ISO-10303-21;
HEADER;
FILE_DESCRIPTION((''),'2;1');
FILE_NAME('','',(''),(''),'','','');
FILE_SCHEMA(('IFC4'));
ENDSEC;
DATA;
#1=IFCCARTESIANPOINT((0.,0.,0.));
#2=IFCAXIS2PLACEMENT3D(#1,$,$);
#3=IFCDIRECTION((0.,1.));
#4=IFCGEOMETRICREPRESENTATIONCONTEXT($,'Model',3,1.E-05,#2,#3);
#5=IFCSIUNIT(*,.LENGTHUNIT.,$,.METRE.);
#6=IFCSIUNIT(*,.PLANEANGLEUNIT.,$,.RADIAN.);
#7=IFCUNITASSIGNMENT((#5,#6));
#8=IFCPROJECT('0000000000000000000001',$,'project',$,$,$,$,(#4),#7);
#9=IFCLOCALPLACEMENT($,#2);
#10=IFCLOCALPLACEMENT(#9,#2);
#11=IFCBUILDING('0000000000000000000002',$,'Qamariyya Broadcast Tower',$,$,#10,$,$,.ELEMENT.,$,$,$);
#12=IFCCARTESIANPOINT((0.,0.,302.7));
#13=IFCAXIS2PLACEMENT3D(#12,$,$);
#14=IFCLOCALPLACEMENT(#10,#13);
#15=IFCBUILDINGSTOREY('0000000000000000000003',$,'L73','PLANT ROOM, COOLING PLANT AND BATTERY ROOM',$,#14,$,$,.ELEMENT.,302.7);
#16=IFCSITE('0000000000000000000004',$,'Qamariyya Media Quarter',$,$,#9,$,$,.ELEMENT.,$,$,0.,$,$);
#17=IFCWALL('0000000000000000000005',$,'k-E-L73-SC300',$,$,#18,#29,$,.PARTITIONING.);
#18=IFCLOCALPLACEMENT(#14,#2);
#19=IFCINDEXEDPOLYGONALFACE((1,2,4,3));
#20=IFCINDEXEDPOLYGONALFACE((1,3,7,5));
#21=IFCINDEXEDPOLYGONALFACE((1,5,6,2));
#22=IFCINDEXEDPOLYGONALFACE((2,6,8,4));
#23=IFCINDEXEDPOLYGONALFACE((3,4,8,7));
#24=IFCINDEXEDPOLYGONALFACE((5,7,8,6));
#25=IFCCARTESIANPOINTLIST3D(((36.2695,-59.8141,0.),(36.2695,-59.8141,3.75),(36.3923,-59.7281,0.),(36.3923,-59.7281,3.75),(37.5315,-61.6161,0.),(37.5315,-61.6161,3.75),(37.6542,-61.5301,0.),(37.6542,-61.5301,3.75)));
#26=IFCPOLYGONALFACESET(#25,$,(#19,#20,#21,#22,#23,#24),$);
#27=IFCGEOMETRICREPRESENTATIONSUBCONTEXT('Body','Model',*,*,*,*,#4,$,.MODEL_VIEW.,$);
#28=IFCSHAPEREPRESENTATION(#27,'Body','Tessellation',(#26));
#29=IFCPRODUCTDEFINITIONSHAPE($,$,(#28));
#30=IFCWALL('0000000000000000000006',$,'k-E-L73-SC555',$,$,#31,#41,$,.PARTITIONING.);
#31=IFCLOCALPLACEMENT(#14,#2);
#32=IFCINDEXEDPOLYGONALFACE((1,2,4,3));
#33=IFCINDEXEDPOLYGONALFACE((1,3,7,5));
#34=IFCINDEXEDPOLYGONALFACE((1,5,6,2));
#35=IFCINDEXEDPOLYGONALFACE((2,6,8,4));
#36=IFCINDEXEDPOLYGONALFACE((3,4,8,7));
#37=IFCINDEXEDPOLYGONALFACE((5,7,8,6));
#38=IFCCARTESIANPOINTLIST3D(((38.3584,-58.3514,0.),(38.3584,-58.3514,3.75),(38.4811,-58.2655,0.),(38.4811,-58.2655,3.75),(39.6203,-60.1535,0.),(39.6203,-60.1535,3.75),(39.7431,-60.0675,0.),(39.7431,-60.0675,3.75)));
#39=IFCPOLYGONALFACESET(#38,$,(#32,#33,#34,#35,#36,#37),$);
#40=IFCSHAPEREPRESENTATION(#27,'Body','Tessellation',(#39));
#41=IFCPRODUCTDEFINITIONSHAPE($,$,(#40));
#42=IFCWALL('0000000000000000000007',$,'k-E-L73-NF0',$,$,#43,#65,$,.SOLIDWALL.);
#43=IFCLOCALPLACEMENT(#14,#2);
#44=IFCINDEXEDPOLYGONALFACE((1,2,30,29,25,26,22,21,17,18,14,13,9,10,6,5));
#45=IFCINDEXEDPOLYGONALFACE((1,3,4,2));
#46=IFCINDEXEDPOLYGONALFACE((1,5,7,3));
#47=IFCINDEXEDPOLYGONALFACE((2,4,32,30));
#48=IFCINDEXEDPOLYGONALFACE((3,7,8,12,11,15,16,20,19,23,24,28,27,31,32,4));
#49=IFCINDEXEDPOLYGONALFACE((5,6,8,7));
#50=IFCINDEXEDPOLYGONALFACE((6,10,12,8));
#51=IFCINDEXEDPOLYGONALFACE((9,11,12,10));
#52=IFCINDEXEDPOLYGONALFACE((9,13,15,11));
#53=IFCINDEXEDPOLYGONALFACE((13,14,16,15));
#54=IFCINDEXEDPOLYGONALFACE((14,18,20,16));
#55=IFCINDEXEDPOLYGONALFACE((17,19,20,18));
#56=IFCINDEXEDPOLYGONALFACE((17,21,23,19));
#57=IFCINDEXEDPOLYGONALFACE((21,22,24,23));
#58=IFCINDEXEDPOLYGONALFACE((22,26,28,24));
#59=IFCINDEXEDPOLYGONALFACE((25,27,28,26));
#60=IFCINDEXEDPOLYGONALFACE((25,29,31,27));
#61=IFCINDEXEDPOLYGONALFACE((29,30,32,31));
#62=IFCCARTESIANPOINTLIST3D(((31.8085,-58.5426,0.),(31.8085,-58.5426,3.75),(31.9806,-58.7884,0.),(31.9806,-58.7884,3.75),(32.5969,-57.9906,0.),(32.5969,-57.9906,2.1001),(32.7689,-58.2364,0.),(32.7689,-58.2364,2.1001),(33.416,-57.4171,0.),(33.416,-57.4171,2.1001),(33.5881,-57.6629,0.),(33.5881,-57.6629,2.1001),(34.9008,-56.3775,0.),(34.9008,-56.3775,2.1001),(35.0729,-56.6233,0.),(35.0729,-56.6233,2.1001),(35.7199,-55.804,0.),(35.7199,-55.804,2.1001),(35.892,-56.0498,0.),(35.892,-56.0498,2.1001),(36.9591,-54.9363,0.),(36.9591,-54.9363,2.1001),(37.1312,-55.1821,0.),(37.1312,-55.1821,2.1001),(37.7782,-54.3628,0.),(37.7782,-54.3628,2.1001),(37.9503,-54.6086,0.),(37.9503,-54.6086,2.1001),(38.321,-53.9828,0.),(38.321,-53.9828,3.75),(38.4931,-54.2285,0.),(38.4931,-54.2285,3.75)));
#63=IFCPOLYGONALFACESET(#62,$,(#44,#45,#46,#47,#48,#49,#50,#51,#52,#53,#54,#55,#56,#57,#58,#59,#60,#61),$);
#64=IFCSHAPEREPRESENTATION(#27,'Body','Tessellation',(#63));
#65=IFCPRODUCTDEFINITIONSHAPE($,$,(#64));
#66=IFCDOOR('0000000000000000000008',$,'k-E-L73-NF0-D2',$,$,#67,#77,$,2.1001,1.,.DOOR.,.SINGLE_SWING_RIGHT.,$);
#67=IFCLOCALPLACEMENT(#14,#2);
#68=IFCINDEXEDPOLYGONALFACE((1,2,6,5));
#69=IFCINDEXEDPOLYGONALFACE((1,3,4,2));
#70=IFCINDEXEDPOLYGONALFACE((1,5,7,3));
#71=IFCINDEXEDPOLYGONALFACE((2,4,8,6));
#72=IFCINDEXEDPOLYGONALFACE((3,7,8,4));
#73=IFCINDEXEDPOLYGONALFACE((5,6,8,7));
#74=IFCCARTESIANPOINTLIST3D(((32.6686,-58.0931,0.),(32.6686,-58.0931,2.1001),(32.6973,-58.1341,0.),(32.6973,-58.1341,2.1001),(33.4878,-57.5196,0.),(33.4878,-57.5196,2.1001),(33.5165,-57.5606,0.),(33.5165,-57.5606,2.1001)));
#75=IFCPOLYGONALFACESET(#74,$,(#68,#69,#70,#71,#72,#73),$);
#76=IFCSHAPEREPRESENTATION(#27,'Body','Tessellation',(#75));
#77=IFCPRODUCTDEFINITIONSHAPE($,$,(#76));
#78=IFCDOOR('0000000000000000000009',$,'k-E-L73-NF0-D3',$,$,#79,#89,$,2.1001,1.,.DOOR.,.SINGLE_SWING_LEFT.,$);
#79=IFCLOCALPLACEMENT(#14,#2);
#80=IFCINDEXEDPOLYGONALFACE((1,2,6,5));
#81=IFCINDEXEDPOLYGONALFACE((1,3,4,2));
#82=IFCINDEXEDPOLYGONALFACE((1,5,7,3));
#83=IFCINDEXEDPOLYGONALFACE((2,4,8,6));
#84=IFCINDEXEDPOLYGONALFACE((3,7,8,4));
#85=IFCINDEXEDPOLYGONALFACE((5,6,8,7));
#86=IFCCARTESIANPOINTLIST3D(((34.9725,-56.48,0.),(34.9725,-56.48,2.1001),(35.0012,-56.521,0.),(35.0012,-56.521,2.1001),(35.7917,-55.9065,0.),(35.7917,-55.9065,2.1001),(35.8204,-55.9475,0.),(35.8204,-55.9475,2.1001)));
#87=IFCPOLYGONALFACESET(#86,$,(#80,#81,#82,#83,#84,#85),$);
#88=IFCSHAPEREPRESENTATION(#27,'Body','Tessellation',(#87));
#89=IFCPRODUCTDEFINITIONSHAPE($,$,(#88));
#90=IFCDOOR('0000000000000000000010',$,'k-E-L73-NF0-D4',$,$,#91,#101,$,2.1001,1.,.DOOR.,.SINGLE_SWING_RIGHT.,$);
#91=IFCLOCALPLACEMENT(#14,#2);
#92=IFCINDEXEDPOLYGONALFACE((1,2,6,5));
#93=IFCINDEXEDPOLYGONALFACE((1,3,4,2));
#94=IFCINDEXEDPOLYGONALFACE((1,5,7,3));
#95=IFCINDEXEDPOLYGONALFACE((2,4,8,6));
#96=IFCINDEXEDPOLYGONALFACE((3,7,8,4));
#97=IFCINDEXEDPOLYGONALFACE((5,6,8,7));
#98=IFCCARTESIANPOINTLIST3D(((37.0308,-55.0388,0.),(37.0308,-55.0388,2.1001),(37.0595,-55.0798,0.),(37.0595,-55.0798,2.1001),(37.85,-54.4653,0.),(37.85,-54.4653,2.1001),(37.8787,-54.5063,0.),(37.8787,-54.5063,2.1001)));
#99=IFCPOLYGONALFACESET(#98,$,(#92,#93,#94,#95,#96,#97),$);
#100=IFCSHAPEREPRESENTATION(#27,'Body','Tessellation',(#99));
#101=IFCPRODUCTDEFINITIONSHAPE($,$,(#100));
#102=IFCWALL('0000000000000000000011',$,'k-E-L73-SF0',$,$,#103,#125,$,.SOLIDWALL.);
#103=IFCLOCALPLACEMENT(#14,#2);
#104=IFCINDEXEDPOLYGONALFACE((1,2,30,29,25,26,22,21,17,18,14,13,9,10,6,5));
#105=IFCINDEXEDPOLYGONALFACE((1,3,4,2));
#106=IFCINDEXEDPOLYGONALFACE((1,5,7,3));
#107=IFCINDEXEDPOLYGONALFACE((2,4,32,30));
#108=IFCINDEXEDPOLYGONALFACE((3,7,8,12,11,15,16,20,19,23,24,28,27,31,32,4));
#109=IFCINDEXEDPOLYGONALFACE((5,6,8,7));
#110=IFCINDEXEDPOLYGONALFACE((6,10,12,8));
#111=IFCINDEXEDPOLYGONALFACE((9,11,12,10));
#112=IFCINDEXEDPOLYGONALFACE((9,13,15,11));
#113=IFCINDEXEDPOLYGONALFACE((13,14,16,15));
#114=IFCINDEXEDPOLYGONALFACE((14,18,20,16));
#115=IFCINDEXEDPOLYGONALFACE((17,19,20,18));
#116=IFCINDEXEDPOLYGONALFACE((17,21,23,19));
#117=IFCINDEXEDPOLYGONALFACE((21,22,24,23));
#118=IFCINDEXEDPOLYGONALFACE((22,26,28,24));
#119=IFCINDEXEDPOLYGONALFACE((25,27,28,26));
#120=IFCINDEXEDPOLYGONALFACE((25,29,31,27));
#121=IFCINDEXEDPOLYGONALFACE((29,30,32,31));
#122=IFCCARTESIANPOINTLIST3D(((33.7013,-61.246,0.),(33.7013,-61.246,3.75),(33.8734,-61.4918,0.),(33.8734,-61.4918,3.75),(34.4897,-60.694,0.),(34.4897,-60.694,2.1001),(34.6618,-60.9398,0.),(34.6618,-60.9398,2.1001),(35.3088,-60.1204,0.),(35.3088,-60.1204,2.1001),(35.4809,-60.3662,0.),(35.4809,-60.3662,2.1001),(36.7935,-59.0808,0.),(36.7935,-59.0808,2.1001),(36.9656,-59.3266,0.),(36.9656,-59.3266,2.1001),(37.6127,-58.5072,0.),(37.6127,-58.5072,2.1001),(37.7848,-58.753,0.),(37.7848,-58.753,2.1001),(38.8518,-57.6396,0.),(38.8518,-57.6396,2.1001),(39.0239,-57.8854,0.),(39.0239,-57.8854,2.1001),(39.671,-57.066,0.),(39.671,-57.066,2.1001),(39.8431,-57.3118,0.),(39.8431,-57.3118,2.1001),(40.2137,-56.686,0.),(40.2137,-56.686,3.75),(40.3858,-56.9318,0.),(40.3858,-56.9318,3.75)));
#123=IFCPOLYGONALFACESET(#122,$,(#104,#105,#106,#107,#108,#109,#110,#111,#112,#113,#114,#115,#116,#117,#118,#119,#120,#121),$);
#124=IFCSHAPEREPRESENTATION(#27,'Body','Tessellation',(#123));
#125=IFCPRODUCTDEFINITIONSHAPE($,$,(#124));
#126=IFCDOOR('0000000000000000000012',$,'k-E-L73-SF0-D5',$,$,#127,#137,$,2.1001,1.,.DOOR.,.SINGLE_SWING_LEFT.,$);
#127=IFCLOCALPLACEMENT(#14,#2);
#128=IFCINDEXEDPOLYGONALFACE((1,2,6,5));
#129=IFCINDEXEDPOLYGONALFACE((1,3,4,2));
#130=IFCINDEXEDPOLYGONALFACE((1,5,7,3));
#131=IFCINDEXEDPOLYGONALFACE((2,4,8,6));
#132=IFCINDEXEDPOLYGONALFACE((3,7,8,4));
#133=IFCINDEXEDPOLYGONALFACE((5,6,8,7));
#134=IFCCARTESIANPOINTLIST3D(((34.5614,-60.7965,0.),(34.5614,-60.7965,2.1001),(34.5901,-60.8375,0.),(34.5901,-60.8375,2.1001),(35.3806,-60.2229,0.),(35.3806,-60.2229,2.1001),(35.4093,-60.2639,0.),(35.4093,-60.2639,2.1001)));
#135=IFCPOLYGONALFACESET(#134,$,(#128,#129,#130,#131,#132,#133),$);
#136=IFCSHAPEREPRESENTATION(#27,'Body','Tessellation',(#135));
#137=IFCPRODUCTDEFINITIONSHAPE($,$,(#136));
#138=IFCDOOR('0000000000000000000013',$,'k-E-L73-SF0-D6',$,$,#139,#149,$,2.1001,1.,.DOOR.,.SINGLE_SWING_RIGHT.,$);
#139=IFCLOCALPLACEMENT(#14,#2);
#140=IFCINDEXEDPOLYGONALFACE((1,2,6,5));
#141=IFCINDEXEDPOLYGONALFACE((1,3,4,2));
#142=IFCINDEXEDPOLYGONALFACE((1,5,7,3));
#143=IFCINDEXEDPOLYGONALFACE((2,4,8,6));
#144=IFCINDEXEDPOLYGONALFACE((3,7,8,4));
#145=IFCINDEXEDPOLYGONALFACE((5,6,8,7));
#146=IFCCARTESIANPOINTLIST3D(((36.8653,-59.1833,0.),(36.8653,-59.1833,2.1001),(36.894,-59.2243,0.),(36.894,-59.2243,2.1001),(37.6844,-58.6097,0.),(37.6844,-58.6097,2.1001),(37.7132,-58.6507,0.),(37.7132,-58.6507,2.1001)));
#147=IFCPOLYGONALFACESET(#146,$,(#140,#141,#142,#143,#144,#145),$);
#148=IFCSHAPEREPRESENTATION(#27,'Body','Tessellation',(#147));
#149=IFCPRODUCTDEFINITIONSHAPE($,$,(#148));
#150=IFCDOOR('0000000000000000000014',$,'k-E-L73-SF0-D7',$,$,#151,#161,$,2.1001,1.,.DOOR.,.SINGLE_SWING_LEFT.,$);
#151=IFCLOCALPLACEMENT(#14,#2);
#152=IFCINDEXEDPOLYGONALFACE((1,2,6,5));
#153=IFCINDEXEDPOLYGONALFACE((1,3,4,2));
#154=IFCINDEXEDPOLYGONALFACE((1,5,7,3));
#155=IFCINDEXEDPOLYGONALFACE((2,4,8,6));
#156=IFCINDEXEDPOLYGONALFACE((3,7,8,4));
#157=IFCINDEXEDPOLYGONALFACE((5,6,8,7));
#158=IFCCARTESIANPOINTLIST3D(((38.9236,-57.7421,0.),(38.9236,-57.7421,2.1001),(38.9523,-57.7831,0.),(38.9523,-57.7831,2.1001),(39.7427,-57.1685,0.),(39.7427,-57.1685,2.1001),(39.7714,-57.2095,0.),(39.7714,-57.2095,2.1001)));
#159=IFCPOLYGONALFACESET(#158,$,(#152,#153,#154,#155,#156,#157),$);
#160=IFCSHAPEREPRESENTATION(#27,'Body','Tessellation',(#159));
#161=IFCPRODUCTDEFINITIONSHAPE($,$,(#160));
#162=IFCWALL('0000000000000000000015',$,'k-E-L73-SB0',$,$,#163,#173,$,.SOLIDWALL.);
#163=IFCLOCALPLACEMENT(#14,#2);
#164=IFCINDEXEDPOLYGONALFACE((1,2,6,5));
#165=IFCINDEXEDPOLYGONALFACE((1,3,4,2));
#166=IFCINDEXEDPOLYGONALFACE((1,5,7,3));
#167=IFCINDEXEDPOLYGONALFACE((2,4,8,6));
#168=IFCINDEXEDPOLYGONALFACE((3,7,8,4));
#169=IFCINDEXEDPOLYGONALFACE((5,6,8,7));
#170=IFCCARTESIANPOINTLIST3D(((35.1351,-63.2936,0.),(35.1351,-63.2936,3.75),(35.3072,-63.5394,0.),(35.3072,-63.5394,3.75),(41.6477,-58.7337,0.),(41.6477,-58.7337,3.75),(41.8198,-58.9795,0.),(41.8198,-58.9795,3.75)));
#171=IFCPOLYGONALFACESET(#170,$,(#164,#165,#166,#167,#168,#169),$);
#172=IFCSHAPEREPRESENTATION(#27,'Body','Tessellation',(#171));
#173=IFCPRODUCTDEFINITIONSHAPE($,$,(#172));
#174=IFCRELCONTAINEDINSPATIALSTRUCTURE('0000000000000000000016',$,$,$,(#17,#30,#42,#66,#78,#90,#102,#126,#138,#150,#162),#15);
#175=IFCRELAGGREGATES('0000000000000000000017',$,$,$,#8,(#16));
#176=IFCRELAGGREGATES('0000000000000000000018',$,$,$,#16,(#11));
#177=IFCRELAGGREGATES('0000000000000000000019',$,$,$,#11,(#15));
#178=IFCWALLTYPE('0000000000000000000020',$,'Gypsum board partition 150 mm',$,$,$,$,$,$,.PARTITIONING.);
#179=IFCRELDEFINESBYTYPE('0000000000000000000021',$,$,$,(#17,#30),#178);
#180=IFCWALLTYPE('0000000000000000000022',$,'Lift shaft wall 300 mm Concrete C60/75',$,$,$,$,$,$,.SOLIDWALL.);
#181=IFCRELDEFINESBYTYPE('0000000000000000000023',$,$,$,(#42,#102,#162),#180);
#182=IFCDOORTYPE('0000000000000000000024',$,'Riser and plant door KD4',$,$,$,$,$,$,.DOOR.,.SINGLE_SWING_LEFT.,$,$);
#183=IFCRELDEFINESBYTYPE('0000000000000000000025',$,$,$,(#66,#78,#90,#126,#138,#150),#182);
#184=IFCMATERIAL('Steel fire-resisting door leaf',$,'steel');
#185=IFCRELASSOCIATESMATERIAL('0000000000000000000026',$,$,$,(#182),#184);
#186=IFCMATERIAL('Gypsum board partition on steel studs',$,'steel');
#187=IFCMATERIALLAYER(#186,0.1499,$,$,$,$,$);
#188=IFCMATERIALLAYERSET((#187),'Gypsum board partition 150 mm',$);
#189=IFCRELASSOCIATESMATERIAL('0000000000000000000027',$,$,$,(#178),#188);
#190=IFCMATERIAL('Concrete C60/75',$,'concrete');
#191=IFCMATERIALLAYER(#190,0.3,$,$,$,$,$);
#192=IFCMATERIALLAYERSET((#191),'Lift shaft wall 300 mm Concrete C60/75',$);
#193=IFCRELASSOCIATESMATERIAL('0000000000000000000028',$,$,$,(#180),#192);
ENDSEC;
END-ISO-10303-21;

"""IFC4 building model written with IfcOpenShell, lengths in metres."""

from ifc_helpers import new_model, si_unit, direction, frame, frame_2d, origin, place, context, subcontext, project, spatial, rectangle, extrude, material, layer, layer_set, type_object, element, fill, save


model = new_model("IFC4")

# Units and contexts
model_context = context("Model", 3, precision=1e-05, world=origin(), true_north=direction((0.0, 1.0)))
body_context = subcontext(model_context, "Body", "Model", "MODEL_VIEW")
ifc_project = project(units=[si_unit("LENGTHUNIT", "METRE"), si_unit("PLANEANGLEUNIT", "RADIAN")], contexts=[model_context])

# Site, building, storey
site_placement = place(None, origin())
site = spatial("IfcSite", under=ifc_project, at=site_placement, Name="Qamariyya Media Quarter", CompositionType="ELEMENT", RefElevation=0.0)
building_placement = place(site_placement, origin())
building = spatial("IfcBuilding", under=site, at=building_placement, Name="Qamariyya Broadcast Tower", CompositionType="ELEMENT")
storey_placement = place(building_placement, frame((0.0, 0.0, 302.7)))
storey = spatial("IfcBuildingStorey", under=building, at=storey_placement, Name="L73", Description="PLANT ROOM, COOLING PLANT AND BATTERY ROOM", CompositionType="ELEMENT", Elevation=302.7)

# Shared definitions
ifc_material_1 = material(Name="Concrete C60/75", Category="concrete")
ifc_material_2 = material(Name="Steel fire-resisting door leaf", Category="steel")

# Shared definitions
door_type_1 = type_object("IfcDoorType", Name="Riser and plant door KD4", OperationType="SINGLE_SWING_LEFT", PredefinedType="DOOR", material=ifc_material_2)

# Walls
ifc_material_3 = material(Name="Gypsum board partition on steel studs", Category="steel")
ifc_layer_1 = layer(ifc_material_3, 0.1499)
ifc_layer_set_1 = layer_set([ifc_layer_1], Name="Gypsum board partition 150 mm")
wall_type_1 = type_object("IfcWallType", Name="Gypsum board partition 150 mm", PredefinedType="PARTITIONING", material=ifc_layer_set_1)
for number, where, z_axis, x_axis, name in (
    (1, (36.3308, -59.771, 0.0), (0.0, 0.0, 1.0), (0.573634, -0.819112, 0.0), "k-E-L73-SC300"),
    (2, (38.4197, -58.3083, 0.0), (0.0, 0.0, 1.0), (0.573634, -0.819112, 0.0), "k-E-L73-SC555"),
):
    element("IfcWall", number, at=place(storey_placement, frame(where, z_axis=z_axis, x_axis=x_axis)), inside=storey, type_object=wall_type_1, Name=name, PredefinedType="PARTITIONING", context=body_context, shape_type="SweptSolid", body=[
        extrude(rectangle(XDim=2.2, YDim=0.1499, at=frame_2d((1.1001, 0.0))), origin(), (0.0, 0.0, 1.0), 3.75),
    ])

# Walls, openings, doors
ifc_layer_2 = layer(ifc_material_1, 0.3)
ifc_layer_set_2 = layer_set([ifc_layer_2], Name="Lift shaft wall 300 mm Concrete C60/75")
wall_type_2 = type_object("IfcWallType", Name="Lift shaft wall 300 mm Concrete C60/75", PredefinedType="SOLIDWALL", material=ifc_layer_set_2)
wall_1_placement = place(storey_placement, frame((31.8945, -58.6655, 0.0), z_axis=(0.0, 0.0, 1.0), x_axis=(0.819167, 0.573555, 0.0)))
wall_1 = element("IfcWall", 3, at=wall_1_placement, inside=storey, type_object=wall_type_2, Name="k-E-L73-NF0", PredefinedType="SOLIDWALL", context=body_context, shape_type="SweptSolid", body=[
    extrude(rectangle(XDim=7.9502, YDim=0.3, at=frame_2d((3.9751, 0.0))), origin(), (0.0, 0.0, 1.0), 3.75),
])
opening_1_placement = place(wall_1_placement, frame((0.9624, 0.0, 0.0)))
opening_1 = element("IfcOpeningElement", 4, at=opening_1_placement, cuts=wall_1, PredefinedType="OPENING", context=body_context, shape_type="SweptSolid", body=[
    extrude(rectangle(XDim=1.0, YDim=2.1001, at=frame_2d((0.5, 1.05))), frame((0.0, 0.1599, 0.0), z_axis=(0.0, -1.0, 0.0), x_axis=(1.0, 0.0, 0.0)), (0.0, 0.0, 1.0), 0.3201),
])
opening_2_placement = place(wall_1_placement, frame((3.7749, 0.0, 0.0)))
opening_2 = element("IfcOpeningElement", 5, at=opening_2_placement, cuts=wall_1, PredefinedType="OPENING", context=body_context, shape_type="SweptSolid", body=[
    extrude(rectangle(XDim=1.0, YDim=2.1001, at=frame_2d((0.5, 1.05))), frame((0.0, 0.1599, 0.0), z_axis=(0.0, -1.0, 0.0), x_axis=(1.0, 0.0, 0.0)), (0.0, 0.0, 1.0), 0.3201),
])
opening_3_placement = place(wall_1_placement, frame((6.2876, 0.0, 0.0)))
opening_3 = element("IfcOpeningElement", 6, at=opening_3_placement, cuts=wall_1, PredefinedType="OPENING", context=body_context, shape_type="SweptSolid", body=[
    extrude(rectangle(XDim=1.0, YDim=2.1001, at=frame_2d((0.5, 1.05))), frame((0.0, 0.1599, 0.0), z_axis=(0.0, -1.0, 0.0), x_axis=(1.0, 0.0, 0.0)), (0.0, 0.0, 1.0), 0.3201),
])
door_1_placement = place(opening_1_placement, origin())
door_1 = element("IfcDoor", 7, at=door_1_placement, inside=storey, type_object=door_type_1, Name="k-E-L73-NF0-D2", OperationType="SINGLE_SWING_RIGHT", OverallHeight=2.1001, OverallWidth=1.0, PredefinedType="DOOR", context=body_context, shape_type="SweptSolid", body=[
    extrude(rectangle(XDim=1.0, YDim=2.1001, at=frame_2d((0.5, 1.05))), frame((0.0, 0.0249, 0.0), z_axis=(0.0, -1.0, 0.0), x_axis=(1.0, 0.0, 0.0)), (0.0, 0.0, 1.0), 0.05),
])
fill(opening_1, door_1)
door_2_placement = place(opening_2_placement, origin())
door_2 = element("IfcDoor", 8, at=door_2_placement, inside=storey, type_object=door_type_1, Name="k-E-L73-NF0-D3", OperationType="SINGLE_SWING_LEFT", OverallHeight=2.1001, OverallWidth=1.0, PredefinedType="DOOR", context=body_context, shape_type="SweptSolid", body=[
    extrude(rectangle(XDim=1.0, YDim=2.1001, at=frame_2d((0.5, 1.05))), frame((0.0, 0.0249, 0.0), z_axis=(0.0, -1.0, 0.0), x_axis=(1.0, 0.0, 0.0)), (0.0, 0.0, 1.0), 0.05),
])
fill(opening_2, door_2)
door_3_placement = place(opening_3_placement, origin())
door_3 = element("IfcDoor", 9, at=door_3_placement, inside=storey, type_object=door_type_1, Name="k-E-L73-NF0-D4", OperationType="SINGLE_SWING_RIGHT", OverallHeight=2.1001, OverallWidth=1.0, PredefinedType="DOOR", context=body_context, shape_type="SweptSolid", body=[
    extrude(rectangle(XDim=1.0, YDim=2.1001, at=frame_2d((0.5, 1.05))), frame((0.0, 0.0249, 0.0), z_axis=(0.0, -1.0, 0.0), x_axis=(1.0, 0.0, 0.0)), (0.0, 0.0, 1.0), 0.05),
])
fill(opening_3, door_3)
wall_2_placement = place(storey_placement, frame((33.7874, -61.3689, 0.0), z_axis=(0.0, 0.0, 1.0), x_axis=(0.819153, 0.573576, 0.0)))
wall_2 = element("IfcWall", 10, at=wall_2_placement, inside=storey, type_object=wall_type_2, Name="k-E-L73-SF0", PredefinedType="SOLIDWALL", context=body_context, shape_type="SweptSolid", body=[
    extrude(rectangle(XDim=7.9502, YDim=0.3, at=frame_2d((3.9751, 0.0))), origin(), (0.0, 0.0, 1.0), 3.75),
])
opening_4_placement = place(wall_2_placement, frame((0.9624, 0.0, 0.0)))
opening_4 = element("IfcOpeningElement", 11, at=opening_4_placement, cuts=wall_2, PredefinedType="OPENING", context=body_context, shape_type="SweptSolid", body=[
    extrude(rectangle(XDim=1.0, YDim=2.1001, at=frame_2d((0.5, 1.05))), frame((0.0, 0.1599, 0.0), z_axis=(0.0, -1.0, 0.0), x_axis=(1.0, 0.0, 0.0)), (0.0, 0.0, 1.0), 0.3201),
])
opening_5_placement = place(wall_2_placement, frame((3.7749, 0.0, 0.0)))
opening_5 = element("IfcOpeningElement", 12, at=opening_5_placement, cuts=wall_2, PredefinedType="OPENING", context=body_context, shape_type="SweptSolid", body=[
    extrude(rectangle(XDim=1.0, YDim=2.1001, at=frame_2d((0.5, 1.05))), frame((0.0, 0.1599, 0.0), z_axis=(0.0, -1.0, 0.0), x_axis=(1.0, 0.0, 0.0)), (0.0, 0.0, 1.0), 0.3201),
])
opening_6_placement = place(wall_2_placement, frame((6.2876, 0.0, 0.0)))
opening_6 = element("IfcOpeningElement", 13, at=opening_6_placement, cuts=wall_2, PredefinedType="OPENING", context=body_context, shape_type="SweptSolid", body=[
    extrude(rectangle(XDim=1.0, YDim=2.1001, at=frame_2d((0.5, 1.05))), frame((0.0, 0.1599, 0.0), z_axis=(0.0, -1.0, 0.0), x_axis=(1.0, 0.0, 0.0)), (0.0, 0.0, 1.0), 0.3201),
])
door_4_placement = place(opening_4_placement, origin())
door_4 = element("IfcDoor", 14, at=door_4_placement, inside=storey, type_object=door_type_1, Name="k-E-L73-SF0-D5", OperationType="SINGLE_SWING_LEFT", OverallHeight=2.1001, OverallWidth=1.0, PredefinedType="DOOR", context=body_context, shape_type="SweptSolid", body=[
    extrude(rectangle(XDim=1.0, YDim=2.1001, at=frame_2d((0.5, 1.05))), frame((0.0, 0.0249, 0.0), z_axis=(0.0, -1.0, 0.0), x_axis=(1.0, 0.0, 0.0)), (0.0, 0.0, 1.0), 0.05),
])
fill(opening_4, door_4)
door_5_placement = place(opening_5_placement, origin())
door_5 = element("IfcDoor", 15, at=door_5_placement, inside=storey, type_object=door_type_1, Name="k-E-L73-SF0-D6", OperationType="SINGLE_SWING_RIGHT", OverallHeight=2.1001, OverallWidth=1.0, PredefinedType="DOOR", context=body_context, shape_type="SweptSolid", body=[
    extrude(rectangle(XDim=1.0, YDim=2.1001, at=frame_2d((0.5, 1.05))), frame((0.0, 0.0249, 0.0), z_axis=(0.0, -1.0, 0.0), x_axis=(1.0, 0.0, 0.0)), (0.0, 0.0, 1.0), 0.05),
])
fill(opening_5, door_5)
door_6_placement = place(opening_6_placement, origin())
door_6 = element("IfcDoor", 16, at=door_6_placement, inside=storey, type_object=door_type_1, Name="k-E-L73-SF0-D7", OperationType="SINGLE_SWING_LEFT", OverallHeight=2.1001, OverallWidth=1.0, PredefinedType="DOOR", context=body_context, shape_type="SweptSolid", body=[
    extrude(rectangle(XDim=1.0, YDim=2.1001, at=frame_2d((0.5, 1.05))), frame((0.0, 0.0249, 0.0), z_axis=(0.0, -1.0, 0.0), x_axis=(1.0, 0.0, 0.0)), (0.0, 0.0, 1.0), 0.05),
])
fill(opening_6, door_6)

# Wall
wall_3_placement = place(storey_placement, frame((35.2212, -63.4165, 0.0), z_axis=(0.0, 0.0, 1.0), x_axis=(0.819167, 0.573555, 0.0)))
element("IfcWall", 17, at=wall_3_placement, inside=storey, type_object=wall_type_2, Name="k-E-L73-SB0", PredefinedType="SOLIDWALL", context=body_context, shape_type="SweptSolid", body=[
    extrude(rectangle(XDim=7.9502, YDim=0.3, at=frame_2d((3.9751, 0.0))), origin(), (0.0, 0.0, 1.0), 3.75),
])

save(model, "model.ifc")
